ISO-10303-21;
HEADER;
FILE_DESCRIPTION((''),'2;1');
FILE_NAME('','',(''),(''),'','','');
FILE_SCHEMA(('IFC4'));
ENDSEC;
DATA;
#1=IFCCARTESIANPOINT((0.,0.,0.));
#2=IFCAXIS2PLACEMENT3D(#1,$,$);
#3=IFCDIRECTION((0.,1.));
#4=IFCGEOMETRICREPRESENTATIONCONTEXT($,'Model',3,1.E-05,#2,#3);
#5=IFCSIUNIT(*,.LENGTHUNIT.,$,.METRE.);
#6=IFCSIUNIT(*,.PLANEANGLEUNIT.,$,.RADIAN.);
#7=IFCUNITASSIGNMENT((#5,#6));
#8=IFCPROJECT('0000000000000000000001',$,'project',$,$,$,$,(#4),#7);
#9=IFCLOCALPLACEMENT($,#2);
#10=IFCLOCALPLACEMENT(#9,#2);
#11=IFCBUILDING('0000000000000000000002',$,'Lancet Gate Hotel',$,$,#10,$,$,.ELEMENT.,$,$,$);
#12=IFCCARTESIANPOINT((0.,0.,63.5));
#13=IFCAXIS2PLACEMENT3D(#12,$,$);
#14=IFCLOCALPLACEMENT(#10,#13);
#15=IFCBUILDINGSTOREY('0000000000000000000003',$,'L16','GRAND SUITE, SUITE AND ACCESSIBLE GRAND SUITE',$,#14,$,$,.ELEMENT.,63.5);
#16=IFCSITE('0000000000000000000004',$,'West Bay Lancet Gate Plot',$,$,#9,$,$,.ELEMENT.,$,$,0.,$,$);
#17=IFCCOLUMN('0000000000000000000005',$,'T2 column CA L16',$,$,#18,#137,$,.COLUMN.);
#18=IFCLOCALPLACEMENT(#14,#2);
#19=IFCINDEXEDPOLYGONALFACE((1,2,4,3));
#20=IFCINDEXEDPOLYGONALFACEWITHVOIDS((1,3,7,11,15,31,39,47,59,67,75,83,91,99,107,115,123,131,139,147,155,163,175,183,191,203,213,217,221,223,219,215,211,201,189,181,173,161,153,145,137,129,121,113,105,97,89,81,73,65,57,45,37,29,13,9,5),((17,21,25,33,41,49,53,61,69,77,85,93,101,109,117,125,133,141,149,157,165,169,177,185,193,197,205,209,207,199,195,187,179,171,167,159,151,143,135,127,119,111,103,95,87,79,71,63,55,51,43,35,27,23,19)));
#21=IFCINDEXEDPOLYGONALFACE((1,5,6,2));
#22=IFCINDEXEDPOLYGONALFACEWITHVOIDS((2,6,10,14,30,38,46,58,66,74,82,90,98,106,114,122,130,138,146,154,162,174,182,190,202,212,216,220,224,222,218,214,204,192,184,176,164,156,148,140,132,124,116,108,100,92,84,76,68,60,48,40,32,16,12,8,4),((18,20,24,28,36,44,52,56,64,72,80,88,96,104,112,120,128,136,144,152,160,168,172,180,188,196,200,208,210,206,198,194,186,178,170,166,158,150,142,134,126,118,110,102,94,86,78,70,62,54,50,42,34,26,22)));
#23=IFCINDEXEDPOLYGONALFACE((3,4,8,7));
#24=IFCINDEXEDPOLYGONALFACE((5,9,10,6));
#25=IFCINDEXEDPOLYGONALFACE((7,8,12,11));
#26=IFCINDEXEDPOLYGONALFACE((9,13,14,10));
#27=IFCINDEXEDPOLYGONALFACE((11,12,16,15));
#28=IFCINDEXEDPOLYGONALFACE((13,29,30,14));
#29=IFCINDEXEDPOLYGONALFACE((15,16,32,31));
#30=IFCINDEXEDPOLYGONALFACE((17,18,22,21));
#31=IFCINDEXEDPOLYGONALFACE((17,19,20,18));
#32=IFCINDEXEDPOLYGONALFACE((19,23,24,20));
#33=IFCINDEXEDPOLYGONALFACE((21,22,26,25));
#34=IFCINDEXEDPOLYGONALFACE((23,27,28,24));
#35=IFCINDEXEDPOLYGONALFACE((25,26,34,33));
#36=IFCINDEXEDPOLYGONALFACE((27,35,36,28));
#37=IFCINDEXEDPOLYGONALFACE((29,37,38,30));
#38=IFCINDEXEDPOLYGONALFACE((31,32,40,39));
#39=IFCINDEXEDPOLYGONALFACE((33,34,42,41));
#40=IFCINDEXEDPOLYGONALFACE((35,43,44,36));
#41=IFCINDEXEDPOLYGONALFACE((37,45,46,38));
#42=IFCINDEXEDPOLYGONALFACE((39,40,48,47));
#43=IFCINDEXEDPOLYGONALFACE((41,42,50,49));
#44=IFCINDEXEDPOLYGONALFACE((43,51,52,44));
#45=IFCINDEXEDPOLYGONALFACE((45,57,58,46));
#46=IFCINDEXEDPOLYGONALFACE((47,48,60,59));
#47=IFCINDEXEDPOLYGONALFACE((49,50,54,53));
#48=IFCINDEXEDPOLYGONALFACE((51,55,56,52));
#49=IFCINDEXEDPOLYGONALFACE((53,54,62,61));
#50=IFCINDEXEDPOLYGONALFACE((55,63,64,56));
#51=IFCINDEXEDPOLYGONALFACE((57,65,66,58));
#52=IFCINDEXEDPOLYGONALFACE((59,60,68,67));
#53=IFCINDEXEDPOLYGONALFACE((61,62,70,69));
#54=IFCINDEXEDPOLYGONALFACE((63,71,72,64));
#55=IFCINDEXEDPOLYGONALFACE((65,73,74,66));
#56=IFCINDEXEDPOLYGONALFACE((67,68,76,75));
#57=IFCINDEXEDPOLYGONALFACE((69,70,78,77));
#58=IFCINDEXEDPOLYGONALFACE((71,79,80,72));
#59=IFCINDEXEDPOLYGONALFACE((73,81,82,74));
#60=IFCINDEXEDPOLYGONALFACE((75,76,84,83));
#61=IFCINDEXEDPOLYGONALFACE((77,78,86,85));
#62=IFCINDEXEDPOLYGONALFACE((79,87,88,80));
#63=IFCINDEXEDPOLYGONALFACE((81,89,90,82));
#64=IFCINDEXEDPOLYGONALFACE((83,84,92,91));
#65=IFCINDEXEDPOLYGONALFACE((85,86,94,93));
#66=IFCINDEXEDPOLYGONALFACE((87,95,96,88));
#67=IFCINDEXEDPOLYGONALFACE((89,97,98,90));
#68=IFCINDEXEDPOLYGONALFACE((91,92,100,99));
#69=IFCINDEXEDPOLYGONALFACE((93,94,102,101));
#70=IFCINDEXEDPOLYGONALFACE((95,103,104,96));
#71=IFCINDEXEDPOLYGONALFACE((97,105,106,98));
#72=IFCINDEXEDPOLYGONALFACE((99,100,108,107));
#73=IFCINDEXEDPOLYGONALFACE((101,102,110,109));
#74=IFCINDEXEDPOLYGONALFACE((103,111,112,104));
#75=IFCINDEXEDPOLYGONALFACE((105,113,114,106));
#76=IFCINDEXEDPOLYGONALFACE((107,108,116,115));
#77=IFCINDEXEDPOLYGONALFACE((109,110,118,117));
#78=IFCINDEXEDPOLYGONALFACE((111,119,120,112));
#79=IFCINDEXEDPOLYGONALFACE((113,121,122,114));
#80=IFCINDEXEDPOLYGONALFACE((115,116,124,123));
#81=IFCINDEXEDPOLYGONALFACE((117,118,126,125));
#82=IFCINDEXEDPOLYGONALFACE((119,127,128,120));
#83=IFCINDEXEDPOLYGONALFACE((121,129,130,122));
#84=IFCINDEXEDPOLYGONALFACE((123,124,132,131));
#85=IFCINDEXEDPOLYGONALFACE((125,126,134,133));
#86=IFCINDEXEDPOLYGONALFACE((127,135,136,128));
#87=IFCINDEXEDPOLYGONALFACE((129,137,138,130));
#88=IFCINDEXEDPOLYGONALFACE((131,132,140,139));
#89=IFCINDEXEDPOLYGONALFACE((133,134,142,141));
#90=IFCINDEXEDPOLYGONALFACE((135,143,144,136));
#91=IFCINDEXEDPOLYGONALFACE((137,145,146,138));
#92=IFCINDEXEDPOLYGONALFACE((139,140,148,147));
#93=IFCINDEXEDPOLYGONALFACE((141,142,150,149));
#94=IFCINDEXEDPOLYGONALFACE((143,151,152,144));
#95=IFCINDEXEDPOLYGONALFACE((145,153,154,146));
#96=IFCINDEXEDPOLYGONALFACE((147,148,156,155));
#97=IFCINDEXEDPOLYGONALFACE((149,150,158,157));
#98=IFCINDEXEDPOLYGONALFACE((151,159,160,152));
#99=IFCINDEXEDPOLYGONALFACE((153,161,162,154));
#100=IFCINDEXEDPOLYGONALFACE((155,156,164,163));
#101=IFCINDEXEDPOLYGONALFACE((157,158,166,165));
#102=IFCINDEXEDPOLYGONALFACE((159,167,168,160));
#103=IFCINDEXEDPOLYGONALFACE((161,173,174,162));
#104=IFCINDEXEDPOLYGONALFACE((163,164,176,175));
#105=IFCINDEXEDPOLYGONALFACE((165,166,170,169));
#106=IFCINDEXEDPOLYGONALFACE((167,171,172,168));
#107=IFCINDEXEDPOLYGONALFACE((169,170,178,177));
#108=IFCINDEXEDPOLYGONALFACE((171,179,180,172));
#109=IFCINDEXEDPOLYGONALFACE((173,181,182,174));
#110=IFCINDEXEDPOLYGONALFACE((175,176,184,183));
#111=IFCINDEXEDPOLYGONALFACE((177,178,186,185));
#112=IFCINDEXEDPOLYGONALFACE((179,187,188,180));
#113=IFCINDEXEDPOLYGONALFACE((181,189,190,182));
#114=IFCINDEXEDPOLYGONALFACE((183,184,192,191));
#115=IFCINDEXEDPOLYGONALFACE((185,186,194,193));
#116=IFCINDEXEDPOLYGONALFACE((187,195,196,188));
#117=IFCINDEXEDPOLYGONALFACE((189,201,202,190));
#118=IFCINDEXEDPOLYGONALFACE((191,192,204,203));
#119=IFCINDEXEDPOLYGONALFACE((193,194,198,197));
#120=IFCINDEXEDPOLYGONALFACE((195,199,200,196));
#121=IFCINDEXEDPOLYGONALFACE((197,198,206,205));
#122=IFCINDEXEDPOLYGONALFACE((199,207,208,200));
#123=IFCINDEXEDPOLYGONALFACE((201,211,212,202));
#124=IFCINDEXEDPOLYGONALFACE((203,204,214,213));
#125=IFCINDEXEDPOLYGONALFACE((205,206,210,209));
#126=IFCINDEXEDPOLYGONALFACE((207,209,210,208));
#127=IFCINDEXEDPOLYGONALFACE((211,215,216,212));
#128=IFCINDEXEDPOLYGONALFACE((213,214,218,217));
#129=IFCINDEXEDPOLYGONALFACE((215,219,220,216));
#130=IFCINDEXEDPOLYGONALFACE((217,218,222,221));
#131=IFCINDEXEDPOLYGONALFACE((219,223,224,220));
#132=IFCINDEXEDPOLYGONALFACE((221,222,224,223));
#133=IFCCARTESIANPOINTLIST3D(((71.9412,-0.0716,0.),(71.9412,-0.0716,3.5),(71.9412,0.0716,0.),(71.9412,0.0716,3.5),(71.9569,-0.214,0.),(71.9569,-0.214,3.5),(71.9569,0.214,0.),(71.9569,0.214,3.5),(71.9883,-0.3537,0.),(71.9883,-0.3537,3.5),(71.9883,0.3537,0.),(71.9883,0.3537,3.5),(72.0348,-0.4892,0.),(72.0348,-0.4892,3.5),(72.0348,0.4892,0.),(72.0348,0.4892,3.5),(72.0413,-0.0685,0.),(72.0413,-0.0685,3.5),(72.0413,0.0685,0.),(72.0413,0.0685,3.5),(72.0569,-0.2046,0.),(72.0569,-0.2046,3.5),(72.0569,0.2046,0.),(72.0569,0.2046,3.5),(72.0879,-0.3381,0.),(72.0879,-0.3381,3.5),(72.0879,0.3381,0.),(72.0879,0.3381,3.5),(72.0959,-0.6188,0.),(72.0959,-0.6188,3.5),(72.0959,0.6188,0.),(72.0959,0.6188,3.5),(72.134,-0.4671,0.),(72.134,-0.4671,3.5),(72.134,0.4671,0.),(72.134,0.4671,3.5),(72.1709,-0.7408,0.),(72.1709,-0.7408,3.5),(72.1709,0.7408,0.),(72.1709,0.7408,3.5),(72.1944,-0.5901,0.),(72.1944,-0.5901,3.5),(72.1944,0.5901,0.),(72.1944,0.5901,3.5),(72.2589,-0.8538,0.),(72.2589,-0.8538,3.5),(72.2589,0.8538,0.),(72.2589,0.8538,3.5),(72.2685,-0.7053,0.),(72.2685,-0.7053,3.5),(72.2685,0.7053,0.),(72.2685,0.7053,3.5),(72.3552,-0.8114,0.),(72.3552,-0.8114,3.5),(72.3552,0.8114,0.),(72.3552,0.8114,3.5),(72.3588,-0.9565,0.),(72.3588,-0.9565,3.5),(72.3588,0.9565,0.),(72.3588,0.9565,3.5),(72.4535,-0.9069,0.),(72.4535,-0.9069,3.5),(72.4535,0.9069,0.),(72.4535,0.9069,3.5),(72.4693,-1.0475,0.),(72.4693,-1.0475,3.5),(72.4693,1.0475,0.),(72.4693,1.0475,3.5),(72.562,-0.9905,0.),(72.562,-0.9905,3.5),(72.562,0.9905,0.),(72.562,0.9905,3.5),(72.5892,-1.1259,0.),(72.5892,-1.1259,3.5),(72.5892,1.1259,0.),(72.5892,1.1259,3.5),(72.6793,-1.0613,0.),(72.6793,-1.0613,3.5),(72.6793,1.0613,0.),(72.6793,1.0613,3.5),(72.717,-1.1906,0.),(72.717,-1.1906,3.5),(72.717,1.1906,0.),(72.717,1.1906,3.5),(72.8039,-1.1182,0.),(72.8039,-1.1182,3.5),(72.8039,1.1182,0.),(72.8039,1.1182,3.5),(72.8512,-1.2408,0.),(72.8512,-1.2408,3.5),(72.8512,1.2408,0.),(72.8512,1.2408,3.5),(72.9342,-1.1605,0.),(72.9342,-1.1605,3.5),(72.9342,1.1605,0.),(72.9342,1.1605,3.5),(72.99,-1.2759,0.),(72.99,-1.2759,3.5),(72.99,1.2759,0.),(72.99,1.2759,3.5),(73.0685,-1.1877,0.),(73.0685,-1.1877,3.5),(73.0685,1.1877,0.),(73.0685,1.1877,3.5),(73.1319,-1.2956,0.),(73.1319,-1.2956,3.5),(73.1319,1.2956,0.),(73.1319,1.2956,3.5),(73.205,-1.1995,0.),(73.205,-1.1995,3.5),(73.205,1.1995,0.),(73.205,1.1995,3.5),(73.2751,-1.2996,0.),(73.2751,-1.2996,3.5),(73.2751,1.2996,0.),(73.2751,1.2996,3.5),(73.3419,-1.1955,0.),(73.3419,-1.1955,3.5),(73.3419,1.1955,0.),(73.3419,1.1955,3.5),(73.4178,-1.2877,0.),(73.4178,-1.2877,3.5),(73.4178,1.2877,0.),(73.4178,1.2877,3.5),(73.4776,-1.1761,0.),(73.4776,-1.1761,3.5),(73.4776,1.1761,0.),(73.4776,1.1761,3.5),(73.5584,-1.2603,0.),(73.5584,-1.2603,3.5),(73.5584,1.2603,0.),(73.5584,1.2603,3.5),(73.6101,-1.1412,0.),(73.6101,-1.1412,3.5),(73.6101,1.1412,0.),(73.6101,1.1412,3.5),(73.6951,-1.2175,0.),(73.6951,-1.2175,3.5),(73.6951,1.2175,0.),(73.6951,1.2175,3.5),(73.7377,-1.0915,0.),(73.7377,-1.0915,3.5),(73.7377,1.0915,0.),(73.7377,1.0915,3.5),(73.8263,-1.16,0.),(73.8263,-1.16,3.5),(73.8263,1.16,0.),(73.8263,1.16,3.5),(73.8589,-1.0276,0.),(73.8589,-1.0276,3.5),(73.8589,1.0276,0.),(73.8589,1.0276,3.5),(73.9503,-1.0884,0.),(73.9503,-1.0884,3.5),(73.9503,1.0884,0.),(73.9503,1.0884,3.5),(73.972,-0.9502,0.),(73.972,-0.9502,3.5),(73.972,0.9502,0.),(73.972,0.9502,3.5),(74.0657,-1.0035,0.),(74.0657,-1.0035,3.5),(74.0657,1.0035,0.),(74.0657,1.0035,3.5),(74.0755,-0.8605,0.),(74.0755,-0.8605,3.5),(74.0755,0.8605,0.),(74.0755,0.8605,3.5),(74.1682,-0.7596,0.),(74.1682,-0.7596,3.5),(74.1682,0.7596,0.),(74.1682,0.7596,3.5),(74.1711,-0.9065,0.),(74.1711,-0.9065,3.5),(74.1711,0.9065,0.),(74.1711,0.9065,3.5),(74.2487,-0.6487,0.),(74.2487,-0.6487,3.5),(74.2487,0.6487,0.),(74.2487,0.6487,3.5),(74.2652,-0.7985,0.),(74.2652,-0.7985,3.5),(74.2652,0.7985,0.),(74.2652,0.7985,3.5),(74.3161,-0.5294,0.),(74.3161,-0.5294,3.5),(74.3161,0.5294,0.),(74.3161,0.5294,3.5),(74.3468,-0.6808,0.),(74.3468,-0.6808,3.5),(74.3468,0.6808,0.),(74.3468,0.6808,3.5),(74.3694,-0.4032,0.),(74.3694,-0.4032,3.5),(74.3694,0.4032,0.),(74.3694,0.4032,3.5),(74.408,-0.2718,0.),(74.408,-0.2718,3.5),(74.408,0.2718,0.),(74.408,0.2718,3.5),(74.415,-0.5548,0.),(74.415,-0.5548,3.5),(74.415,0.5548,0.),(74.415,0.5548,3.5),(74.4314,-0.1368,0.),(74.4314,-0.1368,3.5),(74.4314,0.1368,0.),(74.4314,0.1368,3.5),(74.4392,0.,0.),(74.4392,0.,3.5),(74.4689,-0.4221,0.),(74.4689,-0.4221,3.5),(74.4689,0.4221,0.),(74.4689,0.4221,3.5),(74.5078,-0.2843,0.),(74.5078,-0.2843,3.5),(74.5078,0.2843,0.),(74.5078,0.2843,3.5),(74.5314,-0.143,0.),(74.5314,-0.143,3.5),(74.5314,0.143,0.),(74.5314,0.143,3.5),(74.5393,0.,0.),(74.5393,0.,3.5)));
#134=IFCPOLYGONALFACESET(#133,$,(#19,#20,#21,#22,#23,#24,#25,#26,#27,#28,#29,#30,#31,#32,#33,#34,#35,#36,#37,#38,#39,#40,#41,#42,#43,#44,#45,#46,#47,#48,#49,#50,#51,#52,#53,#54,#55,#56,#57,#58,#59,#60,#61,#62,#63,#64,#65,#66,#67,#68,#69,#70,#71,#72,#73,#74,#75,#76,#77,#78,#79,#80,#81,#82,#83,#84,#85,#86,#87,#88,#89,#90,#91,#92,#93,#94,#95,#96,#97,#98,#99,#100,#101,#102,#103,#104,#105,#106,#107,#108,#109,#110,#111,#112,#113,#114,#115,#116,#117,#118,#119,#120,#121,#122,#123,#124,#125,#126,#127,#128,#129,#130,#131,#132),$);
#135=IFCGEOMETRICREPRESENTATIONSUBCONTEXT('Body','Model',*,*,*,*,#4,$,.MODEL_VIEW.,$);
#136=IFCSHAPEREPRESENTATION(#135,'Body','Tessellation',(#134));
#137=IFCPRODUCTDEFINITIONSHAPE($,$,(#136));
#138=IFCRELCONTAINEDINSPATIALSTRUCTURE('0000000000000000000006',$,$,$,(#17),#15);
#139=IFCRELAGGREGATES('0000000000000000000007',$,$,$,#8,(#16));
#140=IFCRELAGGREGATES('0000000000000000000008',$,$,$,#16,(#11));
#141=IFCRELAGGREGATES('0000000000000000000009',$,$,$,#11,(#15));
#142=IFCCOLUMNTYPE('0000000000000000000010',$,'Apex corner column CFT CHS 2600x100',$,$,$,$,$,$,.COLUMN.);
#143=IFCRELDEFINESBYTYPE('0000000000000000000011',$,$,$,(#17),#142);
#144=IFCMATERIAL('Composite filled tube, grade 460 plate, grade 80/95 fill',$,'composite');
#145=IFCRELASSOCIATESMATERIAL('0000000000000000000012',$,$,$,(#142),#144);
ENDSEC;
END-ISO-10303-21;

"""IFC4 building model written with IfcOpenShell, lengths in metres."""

from ifc_helpers import new_model, si_unit, direction, frame, origin, origin_2d, place, context, subcontext, project, spatial, hollow_circle, extrude, material, material_profile, profile_set, type_object, element, save


model = new_model("IFC4")

# Units and contexts
model_context = context("Model", 3, precision=1e-05, world=origin(), true_north=direction((0.0, 1.0)))
body_context = subcontext(model_context, "Body", "Model", "MODEL_VIEW")
ifc_project = project(units=[si_unit("LENGTHUNIT", "METRE"), si_unit("PLANEANGLEUNIT", "RADIAN")], contexts=[model_context])

# Site, building, storey
site_placement = place(None, origin())
site = spatial("IfcSite", under=ifc_project, at=site_placement, Name="West Bay Lancet Gate Plot", CompositionType="ELEMENT", RefElevation=0.0)
building_placement = place(site_placement, origin())
building = spatial("IfcBuilding", under=site, at=building_placement, Name="Lancet Gate Hotel", CompositionType="ELEMENT")
storey_placement = place(building_placement, frame((0.0, 0.0, 63.5)))
storey = spatial("IfcBuildingStorey", under=building, at=storey_placement, Name="L16", Description="GRAND SUITE, SUITE AND ACCESSIBLE GRAND SUITE", CompositionType="ELEMENT", Elevation=63.5)

# Column
ifc_material_1 = material(Name="Composite filled tube, grade 460 plate, grade 80/95 fill", Category="composite")
ifc_material_profile_1 = material_profile(ifc_material_1, hollow_circle(Radius=1.3, WallThickness=0.1001, at=origin_2d()), Name="CHS 2600x100")
ifc_profile_set_1 = profile_set([ifc_material_profile_1], Name="Composite filled tube, grade 460 plate, grade 80/95 fill")
column_type_1 = type_object("IfcColumnType", Name="Apex corner column CFT CHS 2600x100", PredefinedType="COLUMN", material=ifc_profile_set_1)
column_1_placement = place(storey_placement, frame((73.2393, 0.0, 0.0), z_axis=(0.0, 0.0, 1.0), x_axis=(1.0, 0.0, 0.0)))
element("IfcColumn", 1, at=column_1_placement, inside=storey, type_object=column_type_1, Name="T2 column CA L16", PredefinedType="COLUMN", context=body_context, shape_type="SweptSolid", body=[
    extrude(hollow_circle(Radius=1.3, WallThickness=0.1001, at=origin_2d()), origin(), (0.0, 0.0, 1.0), 3.5),
])

save(model, "model.ifc")
